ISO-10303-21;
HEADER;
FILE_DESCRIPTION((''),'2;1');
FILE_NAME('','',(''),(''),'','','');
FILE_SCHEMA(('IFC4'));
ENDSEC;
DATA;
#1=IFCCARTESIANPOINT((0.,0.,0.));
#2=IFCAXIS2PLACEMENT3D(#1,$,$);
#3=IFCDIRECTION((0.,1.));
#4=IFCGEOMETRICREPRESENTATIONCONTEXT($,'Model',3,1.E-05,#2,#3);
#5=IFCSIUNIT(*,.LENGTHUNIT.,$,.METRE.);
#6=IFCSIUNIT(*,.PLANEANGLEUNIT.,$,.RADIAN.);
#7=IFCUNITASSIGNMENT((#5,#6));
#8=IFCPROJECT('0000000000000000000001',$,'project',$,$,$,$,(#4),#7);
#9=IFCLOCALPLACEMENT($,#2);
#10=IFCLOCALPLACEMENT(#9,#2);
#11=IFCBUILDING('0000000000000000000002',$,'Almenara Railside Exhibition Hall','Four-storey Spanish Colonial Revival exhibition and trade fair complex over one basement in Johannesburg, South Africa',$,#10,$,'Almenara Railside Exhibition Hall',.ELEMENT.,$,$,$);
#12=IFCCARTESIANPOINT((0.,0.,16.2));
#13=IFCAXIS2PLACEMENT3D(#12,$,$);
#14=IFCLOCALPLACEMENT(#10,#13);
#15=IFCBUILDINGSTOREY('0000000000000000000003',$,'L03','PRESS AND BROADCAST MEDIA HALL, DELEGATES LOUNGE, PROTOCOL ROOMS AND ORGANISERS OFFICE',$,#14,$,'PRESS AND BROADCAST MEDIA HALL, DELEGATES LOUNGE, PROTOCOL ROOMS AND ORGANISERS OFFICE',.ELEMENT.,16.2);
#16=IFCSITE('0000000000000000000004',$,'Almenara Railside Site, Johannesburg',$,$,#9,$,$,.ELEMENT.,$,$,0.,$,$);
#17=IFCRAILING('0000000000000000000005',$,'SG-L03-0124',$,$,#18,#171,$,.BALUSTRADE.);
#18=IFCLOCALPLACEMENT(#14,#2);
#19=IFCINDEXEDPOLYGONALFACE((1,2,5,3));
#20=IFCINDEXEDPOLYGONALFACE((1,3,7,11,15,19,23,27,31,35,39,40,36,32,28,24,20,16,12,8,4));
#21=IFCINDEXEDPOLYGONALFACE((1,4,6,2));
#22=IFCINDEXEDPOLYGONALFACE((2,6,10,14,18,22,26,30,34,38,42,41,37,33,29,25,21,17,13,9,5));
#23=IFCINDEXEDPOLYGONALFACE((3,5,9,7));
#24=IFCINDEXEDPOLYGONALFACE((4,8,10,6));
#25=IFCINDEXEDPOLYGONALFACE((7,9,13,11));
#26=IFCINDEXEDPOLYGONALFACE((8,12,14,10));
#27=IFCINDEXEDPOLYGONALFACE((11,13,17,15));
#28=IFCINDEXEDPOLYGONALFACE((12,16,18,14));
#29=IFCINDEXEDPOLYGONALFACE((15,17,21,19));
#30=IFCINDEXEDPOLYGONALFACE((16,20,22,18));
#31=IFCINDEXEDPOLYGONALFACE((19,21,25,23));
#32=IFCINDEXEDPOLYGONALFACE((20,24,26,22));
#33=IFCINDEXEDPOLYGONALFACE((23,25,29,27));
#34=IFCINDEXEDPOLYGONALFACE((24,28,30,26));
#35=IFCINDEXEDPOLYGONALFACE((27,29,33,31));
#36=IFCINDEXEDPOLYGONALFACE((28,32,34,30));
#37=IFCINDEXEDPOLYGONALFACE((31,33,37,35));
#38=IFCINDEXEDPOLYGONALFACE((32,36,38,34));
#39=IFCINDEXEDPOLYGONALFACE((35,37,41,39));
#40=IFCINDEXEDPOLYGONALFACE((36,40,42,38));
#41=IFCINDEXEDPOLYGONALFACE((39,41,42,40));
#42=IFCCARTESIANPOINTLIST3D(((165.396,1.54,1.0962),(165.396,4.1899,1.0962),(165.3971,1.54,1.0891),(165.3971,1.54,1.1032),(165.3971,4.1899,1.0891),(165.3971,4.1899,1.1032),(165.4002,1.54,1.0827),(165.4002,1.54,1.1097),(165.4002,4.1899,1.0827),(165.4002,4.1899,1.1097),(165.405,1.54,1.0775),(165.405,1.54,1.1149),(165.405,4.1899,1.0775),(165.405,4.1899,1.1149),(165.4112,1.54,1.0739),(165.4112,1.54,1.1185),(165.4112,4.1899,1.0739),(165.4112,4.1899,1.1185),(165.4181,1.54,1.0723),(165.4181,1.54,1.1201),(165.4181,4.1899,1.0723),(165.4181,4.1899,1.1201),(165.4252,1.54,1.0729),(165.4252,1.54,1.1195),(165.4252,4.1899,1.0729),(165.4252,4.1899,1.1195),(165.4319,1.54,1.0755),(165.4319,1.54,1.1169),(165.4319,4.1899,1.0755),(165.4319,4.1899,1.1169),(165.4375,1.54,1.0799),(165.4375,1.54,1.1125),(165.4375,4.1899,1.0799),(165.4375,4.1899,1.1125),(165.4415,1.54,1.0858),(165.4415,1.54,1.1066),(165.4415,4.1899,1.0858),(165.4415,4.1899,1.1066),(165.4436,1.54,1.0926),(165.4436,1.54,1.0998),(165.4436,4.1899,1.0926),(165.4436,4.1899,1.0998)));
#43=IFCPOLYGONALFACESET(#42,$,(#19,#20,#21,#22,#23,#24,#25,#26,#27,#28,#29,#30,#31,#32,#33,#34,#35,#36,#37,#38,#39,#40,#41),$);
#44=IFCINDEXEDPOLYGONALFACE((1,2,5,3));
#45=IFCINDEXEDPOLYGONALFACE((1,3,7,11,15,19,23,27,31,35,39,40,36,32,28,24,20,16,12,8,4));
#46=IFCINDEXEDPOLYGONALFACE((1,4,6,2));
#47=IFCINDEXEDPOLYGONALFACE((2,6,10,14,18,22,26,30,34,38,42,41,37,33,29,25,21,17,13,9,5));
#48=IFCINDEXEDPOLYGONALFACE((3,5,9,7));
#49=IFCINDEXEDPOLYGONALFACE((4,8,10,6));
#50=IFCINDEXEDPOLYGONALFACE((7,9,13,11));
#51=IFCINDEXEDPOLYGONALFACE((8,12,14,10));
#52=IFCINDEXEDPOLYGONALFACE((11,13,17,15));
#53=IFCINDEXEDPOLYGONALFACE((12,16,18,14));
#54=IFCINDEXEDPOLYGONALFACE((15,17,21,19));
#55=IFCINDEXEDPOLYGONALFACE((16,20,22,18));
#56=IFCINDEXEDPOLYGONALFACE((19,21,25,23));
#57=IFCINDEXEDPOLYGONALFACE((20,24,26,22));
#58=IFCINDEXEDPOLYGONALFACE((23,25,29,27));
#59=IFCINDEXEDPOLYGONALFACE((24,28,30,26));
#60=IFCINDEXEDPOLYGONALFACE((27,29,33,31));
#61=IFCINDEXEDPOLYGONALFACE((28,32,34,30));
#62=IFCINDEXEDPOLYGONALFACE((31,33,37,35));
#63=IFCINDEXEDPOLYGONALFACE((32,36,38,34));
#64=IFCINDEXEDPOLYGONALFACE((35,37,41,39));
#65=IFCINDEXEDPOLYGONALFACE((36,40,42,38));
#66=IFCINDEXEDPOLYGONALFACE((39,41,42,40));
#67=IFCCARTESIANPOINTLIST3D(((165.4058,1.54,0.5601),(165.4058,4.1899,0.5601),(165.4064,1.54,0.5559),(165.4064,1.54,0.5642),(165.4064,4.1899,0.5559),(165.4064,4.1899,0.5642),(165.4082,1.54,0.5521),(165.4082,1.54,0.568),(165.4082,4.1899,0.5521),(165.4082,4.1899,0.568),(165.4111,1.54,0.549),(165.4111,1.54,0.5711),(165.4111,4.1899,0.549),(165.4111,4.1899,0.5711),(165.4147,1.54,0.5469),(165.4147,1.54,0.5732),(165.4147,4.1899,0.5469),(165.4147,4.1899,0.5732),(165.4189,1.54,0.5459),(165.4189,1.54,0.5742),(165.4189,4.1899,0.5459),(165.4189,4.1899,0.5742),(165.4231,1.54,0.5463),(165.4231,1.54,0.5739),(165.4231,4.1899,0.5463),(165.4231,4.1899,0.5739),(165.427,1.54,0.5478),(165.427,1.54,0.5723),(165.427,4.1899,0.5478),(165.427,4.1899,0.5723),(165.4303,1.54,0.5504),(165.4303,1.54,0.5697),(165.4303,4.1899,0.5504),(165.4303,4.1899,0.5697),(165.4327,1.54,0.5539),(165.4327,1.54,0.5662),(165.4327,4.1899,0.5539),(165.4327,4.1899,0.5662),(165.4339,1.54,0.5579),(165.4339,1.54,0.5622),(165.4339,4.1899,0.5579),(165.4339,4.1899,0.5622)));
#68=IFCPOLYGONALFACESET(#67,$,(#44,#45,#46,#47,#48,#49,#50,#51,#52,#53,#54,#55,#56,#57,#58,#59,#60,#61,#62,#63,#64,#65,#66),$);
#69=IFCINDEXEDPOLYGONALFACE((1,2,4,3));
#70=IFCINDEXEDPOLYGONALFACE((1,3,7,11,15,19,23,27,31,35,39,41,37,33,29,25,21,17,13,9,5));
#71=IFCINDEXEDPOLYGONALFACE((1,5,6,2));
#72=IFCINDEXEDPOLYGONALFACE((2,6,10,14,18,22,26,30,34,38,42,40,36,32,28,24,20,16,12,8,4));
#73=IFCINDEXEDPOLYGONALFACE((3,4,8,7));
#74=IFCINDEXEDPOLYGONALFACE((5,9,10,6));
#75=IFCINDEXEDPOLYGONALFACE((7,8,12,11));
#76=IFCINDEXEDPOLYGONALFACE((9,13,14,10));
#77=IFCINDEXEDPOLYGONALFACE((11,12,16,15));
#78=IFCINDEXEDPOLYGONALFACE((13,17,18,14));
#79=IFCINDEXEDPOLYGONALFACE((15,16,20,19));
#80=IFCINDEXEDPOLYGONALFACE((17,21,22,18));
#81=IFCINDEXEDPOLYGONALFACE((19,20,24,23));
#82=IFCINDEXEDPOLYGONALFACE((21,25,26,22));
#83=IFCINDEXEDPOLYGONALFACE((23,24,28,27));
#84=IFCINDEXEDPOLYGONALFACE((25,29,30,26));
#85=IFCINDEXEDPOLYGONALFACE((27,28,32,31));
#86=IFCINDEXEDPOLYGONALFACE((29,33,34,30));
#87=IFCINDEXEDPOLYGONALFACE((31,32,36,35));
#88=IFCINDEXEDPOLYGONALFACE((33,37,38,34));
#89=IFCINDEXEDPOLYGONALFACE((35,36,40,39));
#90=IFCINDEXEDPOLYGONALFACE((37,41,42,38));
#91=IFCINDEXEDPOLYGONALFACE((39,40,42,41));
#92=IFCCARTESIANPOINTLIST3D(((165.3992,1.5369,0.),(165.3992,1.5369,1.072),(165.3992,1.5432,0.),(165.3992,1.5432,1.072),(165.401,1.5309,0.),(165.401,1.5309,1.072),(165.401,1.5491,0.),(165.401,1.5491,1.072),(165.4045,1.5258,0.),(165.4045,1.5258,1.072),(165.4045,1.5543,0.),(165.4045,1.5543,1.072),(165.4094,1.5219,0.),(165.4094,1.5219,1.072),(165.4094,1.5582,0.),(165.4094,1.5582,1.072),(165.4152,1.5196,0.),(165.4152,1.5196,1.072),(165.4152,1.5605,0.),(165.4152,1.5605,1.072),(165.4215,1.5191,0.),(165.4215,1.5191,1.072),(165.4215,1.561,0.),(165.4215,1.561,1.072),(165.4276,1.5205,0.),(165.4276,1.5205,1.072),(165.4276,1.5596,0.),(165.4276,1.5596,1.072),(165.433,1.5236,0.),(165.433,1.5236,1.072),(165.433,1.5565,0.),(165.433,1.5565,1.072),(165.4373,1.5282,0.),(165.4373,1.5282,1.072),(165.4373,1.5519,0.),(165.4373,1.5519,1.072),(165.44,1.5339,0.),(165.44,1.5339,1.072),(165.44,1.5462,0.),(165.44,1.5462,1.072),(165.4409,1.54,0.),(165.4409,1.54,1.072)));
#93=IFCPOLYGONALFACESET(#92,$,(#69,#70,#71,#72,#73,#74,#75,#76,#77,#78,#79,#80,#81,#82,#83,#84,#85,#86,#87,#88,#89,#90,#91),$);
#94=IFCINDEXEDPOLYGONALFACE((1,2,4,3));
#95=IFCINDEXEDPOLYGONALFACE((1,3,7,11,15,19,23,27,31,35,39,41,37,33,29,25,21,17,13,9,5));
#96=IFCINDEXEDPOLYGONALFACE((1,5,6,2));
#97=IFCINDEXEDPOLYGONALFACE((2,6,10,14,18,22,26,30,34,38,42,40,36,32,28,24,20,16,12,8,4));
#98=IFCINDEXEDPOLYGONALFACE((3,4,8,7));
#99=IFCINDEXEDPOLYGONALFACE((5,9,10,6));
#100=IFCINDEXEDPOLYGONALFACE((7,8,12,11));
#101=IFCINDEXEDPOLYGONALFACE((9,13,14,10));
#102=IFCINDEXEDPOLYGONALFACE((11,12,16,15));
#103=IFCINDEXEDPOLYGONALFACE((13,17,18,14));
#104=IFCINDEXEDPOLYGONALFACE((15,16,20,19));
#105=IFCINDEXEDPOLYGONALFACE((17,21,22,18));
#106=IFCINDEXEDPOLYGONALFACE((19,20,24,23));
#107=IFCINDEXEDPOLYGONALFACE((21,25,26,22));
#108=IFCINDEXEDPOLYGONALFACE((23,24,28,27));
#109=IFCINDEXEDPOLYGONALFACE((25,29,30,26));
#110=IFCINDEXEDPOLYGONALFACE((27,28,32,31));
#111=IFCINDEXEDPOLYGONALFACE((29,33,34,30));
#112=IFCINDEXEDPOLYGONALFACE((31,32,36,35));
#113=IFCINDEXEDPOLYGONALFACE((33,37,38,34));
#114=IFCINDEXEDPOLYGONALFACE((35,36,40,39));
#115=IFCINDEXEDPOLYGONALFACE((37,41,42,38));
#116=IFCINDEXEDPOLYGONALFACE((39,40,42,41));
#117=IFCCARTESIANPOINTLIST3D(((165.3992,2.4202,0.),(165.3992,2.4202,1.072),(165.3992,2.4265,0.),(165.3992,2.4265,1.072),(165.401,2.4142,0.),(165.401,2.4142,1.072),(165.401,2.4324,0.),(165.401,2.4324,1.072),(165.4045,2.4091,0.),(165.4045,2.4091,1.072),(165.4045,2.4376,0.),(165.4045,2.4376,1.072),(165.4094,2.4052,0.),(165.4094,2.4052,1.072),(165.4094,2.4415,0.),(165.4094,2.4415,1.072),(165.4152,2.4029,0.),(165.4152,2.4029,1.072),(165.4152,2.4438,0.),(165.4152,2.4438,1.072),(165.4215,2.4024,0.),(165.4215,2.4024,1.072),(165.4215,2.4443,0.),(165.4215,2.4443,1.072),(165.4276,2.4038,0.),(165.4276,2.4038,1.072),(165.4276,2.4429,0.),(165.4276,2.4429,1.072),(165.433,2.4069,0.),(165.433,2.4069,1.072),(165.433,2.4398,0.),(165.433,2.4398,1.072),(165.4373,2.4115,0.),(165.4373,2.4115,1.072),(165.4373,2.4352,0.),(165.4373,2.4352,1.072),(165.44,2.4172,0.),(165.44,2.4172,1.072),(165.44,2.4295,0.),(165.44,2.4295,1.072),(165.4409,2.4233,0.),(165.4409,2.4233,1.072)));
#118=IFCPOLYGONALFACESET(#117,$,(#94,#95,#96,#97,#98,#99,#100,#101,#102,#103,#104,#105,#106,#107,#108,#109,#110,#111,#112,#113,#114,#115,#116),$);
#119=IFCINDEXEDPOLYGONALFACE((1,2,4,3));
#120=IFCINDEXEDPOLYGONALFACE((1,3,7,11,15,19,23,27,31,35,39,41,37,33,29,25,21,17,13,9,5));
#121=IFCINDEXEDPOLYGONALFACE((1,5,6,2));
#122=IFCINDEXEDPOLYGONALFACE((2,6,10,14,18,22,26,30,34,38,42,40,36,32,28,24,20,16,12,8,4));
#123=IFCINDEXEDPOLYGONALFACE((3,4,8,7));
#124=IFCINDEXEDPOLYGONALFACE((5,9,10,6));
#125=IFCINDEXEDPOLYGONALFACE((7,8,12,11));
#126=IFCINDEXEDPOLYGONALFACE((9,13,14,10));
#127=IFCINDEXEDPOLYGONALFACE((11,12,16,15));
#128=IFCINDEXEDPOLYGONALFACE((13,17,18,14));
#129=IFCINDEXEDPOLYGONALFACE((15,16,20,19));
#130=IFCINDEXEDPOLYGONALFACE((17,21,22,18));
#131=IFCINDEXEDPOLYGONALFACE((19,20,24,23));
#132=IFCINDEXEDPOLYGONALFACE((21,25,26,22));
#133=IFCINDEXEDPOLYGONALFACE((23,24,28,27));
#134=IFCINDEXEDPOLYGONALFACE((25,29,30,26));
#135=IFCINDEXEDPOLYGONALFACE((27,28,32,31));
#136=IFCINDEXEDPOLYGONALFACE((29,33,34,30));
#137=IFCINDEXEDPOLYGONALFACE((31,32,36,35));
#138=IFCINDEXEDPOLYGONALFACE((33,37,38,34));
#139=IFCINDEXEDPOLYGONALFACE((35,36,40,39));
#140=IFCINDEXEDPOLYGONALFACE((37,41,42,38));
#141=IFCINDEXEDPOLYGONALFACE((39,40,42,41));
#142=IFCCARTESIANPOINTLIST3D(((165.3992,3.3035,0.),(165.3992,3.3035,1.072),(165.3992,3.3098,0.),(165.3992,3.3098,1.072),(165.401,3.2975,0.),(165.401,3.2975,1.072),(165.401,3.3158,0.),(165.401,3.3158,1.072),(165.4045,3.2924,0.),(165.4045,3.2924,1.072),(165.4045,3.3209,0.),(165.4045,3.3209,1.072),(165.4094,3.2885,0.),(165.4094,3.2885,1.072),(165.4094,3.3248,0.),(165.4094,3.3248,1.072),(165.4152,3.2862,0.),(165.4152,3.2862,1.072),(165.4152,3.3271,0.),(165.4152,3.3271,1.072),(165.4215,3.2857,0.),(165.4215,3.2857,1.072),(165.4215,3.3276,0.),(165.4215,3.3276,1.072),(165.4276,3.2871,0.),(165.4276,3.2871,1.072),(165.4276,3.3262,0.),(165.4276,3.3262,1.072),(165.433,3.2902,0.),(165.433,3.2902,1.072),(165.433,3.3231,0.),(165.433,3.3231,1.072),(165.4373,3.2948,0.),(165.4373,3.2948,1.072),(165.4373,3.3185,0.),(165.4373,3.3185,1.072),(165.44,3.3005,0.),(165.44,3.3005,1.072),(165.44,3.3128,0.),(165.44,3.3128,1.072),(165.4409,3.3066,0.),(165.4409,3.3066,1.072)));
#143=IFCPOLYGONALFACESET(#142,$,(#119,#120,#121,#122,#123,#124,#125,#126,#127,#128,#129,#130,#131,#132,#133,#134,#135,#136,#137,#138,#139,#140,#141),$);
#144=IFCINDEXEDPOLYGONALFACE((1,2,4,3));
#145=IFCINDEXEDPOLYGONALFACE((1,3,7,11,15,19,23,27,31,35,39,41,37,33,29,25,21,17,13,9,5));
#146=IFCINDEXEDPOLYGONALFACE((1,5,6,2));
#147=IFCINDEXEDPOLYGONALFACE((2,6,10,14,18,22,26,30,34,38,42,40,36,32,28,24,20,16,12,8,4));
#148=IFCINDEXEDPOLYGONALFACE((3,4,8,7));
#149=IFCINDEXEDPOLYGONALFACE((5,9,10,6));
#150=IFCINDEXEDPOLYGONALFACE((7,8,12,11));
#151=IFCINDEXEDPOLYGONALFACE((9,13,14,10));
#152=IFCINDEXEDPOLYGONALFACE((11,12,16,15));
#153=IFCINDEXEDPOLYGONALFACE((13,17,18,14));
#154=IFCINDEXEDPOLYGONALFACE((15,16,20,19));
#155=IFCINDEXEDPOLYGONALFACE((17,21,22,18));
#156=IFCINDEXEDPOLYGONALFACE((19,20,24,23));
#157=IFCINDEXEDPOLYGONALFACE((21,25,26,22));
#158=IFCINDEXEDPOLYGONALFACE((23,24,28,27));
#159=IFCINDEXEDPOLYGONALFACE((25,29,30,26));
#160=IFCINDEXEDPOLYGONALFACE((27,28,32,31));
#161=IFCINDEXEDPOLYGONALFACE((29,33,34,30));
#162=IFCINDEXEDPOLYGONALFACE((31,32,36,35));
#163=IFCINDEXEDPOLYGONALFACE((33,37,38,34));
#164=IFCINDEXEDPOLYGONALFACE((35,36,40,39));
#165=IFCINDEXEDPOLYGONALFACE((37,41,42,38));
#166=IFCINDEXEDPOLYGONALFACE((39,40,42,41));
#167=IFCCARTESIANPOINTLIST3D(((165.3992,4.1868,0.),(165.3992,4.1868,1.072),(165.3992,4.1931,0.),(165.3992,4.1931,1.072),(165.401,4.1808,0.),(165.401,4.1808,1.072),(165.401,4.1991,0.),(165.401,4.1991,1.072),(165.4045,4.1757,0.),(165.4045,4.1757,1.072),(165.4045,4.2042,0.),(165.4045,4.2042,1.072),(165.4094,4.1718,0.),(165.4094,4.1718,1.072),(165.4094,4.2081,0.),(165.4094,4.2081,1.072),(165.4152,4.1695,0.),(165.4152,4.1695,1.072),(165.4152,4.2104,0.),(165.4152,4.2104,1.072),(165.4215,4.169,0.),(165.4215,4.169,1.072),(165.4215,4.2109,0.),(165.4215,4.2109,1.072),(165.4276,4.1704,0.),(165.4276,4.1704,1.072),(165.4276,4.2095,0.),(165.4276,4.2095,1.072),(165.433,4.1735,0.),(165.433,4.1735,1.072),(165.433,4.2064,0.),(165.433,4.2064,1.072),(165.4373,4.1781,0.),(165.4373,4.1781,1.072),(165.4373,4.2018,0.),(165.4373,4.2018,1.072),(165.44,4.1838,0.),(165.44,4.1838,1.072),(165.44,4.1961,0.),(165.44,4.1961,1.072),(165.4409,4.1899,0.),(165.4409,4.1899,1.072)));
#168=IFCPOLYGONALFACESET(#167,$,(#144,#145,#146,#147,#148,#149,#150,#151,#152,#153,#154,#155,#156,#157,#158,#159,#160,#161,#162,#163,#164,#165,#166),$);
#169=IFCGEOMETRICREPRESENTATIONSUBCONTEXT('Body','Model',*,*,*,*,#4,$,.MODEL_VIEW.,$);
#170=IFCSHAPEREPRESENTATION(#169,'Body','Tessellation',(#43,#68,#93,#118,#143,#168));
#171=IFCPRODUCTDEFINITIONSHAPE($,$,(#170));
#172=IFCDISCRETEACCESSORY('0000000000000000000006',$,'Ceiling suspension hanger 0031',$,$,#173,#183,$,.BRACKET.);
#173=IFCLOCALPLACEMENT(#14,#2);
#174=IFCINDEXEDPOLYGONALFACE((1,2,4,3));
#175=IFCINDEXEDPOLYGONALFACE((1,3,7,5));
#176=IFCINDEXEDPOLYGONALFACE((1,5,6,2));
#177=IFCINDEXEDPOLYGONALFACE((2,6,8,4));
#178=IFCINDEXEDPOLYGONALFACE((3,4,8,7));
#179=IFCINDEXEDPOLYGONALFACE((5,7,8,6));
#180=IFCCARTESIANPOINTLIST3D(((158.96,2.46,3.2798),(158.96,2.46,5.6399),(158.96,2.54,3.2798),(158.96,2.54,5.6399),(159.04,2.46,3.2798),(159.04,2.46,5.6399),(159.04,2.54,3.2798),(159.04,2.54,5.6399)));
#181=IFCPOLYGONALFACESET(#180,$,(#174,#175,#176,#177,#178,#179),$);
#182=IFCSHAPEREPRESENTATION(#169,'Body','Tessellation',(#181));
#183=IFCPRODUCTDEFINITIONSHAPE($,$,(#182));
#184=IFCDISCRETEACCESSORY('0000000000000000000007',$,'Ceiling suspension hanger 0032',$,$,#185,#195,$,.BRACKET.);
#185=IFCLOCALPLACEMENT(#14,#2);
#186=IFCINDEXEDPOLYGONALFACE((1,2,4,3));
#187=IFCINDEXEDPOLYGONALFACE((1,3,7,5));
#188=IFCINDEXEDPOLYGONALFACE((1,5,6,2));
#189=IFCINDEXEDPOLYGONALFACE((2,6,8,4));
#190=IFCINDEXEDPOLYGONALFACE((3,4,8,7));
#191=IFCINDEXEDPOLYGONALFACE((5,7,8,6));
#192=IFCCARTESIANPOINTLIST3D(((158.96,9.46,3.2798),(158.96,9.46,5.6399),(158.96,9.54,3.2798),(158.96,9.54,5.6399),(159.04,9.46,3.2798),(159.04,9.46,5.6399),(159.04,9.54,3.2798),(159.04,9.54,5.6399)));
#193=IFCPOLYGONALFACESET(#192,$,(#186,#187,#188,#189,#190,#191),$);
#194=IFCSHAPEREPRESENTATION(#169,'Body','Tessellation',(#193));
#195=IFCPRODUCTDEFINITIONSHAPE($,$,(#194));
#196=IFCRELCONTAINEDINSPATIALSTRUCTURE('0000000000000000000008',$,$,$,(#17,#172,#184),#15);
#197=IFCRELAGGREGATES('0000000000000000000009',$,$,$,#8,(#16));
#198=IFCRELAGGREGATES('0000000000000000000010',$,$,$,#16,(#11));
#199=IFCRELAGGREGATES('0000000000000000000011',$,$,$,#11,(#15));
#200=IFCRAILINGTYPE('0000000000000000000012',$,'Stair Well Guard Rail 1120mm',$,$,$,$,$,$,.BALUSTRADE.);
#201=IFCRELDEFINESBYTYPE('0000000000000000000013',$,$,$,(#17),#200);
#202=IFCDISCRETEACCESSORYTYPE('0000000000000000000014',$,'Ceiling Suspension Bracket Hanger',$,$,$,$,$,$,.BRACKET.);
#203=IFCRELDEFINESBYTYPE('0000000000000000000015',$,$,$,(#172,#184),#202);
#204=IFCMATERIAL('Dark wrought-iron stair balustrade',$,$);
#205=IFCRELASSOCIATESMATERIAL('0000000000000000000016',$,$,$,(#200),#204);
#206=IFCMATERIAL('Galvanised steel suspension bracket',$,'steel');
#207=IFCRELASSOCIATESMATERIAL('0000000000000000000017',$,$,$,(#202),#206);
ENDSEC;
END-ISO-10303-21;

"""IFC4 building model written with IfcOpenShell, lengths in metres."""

from ifc_helpers import new_model, si_unit, direction, frame, origin, origin_2d, place, context, subcontext, project, spatial, rectangle, circle, extrude, material, type_object, element, save


model = new_model("IFC4")

# Units and contexts
model_context = context("Model", 3, precision=1e-05, world=origin(), true_north=direction((0.0, 1.0)))
body_context = subcontext(model_context, "Body", "Model", "MODEL_VIEW")
ifc_project = project(units=[si_unit("LENGTHUNIT", "METRE"), si_unit("PLANEANGLEUNIT", "RADIAN")], contexts=[model_context])

# Site, building, storey
site_placement = place(None, origin())
site = spatial("IfcSite", under=ifc_project, at=site_placement, Name="Almenara Railside Site, Johannesburg", CompositionType="ELEMENT", RefElevation=0.0)
building_placement = place(site_placement, origin())
building = spatial("IfcBuilding", under=site, at=building_placement, Name="Almenara Railside Exhibition Hall", Description="Four-storey Spanish Colonial Revival exhibition and trade fair complex over one basement in Johannesburg, South Africa", LongName="Almenara Railside Exhibition Hall", CompositionType="ELEMENT")
storey_placement = place(building_placement, frame((0.0, 0.0, 16.2)))
storey = spatial("IfcBuildingStorey", under=building, at=storey_placement, Name="L03", Description="PRESS AND BROADCAST MEDIA HALL, DELEGATES LOUNGE, PROTOCOL ROOMS AND ORGANISERS OFFICE", LongName="PRESS AND BROADCAST MEDIA HALL, DELEGATES LOUNGE, PROTOCOL ROOMS AND ORGANISERS OFFICE", CompositionType="ELEMENT", Elevation=16.2)

# Railing
ifc_material_1 = material(Name="Dark wrought-iron stair balustrade")
railing_type = type_object("IfcRailingType", Name="Stair Well Guard Rail 1120mm", PredefinedType="BALUSTRADE", material=ifc_material_1)
railing_placement = place(storey_placement, frame((165.4199, 1.54, 0.0)))
element("IfcRailing", 1, at=railing_placement, inside=storey, type_object=railing_type, Name="SG-L03-0124", PredefinedType="BALUSTRADE", context=body_context, shape_type="SweptSolid", body=[
    extrude(circle(Radius=0.0239, at=origin_2d()), frame((0.0, 0.0, 1.0962), z_axis=(0.0, 1.0, 0.0), x_axis=(-1.0, 0.0, 0.0)), (0.0, 0.0, 1.0), 2.6499),
    extrude(circle(Radius=0.0142, at=origin_2d()), frame((0.0, 0.0, 0.5601), z_axis=(0.0, 1.0, 0.0), x_axis=(-1.0, 0.0, 0.0)), (0.0, 0.0, 1.0), 2.6499),
    extrude(circle(Radius=0.021, at=origin_2d()), origin(), (0.0, 0.0, 1.0), 1.072),
    extrude(circle(Radius=0.021, at=origin_2d()), frame((0.0, 0.8833, 0.0)), (0.0, 0.0, 1.0), 1.072),
    extrude(circle(Radius=0.021, at=origin_2d()), frame((0.0, 1.7666, 0.0)), (0.0, 0.0, 1.0), 1.072),
    extrude(circle(Radius=0.021, at=origin_2d()), frame((0.0, 2.6499, 0.0)), (0.0, 0.0, 1.0), 1.072),
])

# Discrete accessories
ifc_material_2 = material(Name="Galvanised steel suspension bracket", Category="steel")
discrete_accessory_type = type_object("IfcDiscreteAccessoryType", Name="Ceiling Suspension Bracket Hanger", PredefinedType="BRACKET", material=ifc_material_2)
for number, where, z_axis, x_axis, name in (
    (2, (159.0, 2.5, 3.2798), (0.0, 0.0, 1.0), (1.0, 0.0, 0.0), "Ceiling suspension hanger 0031"),
    (3, (159.0, 9.5, 3.2798), (0.0, 0.0, 1.0), (1.0, 0.0, 0.0), "Ceiling suspension hanger 0032"),
):
    element("IfcDiscreteAccessory", number, at=place(storey_placement, frame(where, z_axis=z_axis, x_axis=x_axis)), inside=storey, type_object=discrete_accessory_type, Name=name, PredefinedType="BRACKET", context=body_context, shape_type="SweptSolid", body=[
        extrude(rectangle(XDim=0.0801, YDim=0.0801, at=origin_2d()), origin(), (0.0, 0.0, 1.0), 2.3601),
    ])

save(model, "model.ifc")
